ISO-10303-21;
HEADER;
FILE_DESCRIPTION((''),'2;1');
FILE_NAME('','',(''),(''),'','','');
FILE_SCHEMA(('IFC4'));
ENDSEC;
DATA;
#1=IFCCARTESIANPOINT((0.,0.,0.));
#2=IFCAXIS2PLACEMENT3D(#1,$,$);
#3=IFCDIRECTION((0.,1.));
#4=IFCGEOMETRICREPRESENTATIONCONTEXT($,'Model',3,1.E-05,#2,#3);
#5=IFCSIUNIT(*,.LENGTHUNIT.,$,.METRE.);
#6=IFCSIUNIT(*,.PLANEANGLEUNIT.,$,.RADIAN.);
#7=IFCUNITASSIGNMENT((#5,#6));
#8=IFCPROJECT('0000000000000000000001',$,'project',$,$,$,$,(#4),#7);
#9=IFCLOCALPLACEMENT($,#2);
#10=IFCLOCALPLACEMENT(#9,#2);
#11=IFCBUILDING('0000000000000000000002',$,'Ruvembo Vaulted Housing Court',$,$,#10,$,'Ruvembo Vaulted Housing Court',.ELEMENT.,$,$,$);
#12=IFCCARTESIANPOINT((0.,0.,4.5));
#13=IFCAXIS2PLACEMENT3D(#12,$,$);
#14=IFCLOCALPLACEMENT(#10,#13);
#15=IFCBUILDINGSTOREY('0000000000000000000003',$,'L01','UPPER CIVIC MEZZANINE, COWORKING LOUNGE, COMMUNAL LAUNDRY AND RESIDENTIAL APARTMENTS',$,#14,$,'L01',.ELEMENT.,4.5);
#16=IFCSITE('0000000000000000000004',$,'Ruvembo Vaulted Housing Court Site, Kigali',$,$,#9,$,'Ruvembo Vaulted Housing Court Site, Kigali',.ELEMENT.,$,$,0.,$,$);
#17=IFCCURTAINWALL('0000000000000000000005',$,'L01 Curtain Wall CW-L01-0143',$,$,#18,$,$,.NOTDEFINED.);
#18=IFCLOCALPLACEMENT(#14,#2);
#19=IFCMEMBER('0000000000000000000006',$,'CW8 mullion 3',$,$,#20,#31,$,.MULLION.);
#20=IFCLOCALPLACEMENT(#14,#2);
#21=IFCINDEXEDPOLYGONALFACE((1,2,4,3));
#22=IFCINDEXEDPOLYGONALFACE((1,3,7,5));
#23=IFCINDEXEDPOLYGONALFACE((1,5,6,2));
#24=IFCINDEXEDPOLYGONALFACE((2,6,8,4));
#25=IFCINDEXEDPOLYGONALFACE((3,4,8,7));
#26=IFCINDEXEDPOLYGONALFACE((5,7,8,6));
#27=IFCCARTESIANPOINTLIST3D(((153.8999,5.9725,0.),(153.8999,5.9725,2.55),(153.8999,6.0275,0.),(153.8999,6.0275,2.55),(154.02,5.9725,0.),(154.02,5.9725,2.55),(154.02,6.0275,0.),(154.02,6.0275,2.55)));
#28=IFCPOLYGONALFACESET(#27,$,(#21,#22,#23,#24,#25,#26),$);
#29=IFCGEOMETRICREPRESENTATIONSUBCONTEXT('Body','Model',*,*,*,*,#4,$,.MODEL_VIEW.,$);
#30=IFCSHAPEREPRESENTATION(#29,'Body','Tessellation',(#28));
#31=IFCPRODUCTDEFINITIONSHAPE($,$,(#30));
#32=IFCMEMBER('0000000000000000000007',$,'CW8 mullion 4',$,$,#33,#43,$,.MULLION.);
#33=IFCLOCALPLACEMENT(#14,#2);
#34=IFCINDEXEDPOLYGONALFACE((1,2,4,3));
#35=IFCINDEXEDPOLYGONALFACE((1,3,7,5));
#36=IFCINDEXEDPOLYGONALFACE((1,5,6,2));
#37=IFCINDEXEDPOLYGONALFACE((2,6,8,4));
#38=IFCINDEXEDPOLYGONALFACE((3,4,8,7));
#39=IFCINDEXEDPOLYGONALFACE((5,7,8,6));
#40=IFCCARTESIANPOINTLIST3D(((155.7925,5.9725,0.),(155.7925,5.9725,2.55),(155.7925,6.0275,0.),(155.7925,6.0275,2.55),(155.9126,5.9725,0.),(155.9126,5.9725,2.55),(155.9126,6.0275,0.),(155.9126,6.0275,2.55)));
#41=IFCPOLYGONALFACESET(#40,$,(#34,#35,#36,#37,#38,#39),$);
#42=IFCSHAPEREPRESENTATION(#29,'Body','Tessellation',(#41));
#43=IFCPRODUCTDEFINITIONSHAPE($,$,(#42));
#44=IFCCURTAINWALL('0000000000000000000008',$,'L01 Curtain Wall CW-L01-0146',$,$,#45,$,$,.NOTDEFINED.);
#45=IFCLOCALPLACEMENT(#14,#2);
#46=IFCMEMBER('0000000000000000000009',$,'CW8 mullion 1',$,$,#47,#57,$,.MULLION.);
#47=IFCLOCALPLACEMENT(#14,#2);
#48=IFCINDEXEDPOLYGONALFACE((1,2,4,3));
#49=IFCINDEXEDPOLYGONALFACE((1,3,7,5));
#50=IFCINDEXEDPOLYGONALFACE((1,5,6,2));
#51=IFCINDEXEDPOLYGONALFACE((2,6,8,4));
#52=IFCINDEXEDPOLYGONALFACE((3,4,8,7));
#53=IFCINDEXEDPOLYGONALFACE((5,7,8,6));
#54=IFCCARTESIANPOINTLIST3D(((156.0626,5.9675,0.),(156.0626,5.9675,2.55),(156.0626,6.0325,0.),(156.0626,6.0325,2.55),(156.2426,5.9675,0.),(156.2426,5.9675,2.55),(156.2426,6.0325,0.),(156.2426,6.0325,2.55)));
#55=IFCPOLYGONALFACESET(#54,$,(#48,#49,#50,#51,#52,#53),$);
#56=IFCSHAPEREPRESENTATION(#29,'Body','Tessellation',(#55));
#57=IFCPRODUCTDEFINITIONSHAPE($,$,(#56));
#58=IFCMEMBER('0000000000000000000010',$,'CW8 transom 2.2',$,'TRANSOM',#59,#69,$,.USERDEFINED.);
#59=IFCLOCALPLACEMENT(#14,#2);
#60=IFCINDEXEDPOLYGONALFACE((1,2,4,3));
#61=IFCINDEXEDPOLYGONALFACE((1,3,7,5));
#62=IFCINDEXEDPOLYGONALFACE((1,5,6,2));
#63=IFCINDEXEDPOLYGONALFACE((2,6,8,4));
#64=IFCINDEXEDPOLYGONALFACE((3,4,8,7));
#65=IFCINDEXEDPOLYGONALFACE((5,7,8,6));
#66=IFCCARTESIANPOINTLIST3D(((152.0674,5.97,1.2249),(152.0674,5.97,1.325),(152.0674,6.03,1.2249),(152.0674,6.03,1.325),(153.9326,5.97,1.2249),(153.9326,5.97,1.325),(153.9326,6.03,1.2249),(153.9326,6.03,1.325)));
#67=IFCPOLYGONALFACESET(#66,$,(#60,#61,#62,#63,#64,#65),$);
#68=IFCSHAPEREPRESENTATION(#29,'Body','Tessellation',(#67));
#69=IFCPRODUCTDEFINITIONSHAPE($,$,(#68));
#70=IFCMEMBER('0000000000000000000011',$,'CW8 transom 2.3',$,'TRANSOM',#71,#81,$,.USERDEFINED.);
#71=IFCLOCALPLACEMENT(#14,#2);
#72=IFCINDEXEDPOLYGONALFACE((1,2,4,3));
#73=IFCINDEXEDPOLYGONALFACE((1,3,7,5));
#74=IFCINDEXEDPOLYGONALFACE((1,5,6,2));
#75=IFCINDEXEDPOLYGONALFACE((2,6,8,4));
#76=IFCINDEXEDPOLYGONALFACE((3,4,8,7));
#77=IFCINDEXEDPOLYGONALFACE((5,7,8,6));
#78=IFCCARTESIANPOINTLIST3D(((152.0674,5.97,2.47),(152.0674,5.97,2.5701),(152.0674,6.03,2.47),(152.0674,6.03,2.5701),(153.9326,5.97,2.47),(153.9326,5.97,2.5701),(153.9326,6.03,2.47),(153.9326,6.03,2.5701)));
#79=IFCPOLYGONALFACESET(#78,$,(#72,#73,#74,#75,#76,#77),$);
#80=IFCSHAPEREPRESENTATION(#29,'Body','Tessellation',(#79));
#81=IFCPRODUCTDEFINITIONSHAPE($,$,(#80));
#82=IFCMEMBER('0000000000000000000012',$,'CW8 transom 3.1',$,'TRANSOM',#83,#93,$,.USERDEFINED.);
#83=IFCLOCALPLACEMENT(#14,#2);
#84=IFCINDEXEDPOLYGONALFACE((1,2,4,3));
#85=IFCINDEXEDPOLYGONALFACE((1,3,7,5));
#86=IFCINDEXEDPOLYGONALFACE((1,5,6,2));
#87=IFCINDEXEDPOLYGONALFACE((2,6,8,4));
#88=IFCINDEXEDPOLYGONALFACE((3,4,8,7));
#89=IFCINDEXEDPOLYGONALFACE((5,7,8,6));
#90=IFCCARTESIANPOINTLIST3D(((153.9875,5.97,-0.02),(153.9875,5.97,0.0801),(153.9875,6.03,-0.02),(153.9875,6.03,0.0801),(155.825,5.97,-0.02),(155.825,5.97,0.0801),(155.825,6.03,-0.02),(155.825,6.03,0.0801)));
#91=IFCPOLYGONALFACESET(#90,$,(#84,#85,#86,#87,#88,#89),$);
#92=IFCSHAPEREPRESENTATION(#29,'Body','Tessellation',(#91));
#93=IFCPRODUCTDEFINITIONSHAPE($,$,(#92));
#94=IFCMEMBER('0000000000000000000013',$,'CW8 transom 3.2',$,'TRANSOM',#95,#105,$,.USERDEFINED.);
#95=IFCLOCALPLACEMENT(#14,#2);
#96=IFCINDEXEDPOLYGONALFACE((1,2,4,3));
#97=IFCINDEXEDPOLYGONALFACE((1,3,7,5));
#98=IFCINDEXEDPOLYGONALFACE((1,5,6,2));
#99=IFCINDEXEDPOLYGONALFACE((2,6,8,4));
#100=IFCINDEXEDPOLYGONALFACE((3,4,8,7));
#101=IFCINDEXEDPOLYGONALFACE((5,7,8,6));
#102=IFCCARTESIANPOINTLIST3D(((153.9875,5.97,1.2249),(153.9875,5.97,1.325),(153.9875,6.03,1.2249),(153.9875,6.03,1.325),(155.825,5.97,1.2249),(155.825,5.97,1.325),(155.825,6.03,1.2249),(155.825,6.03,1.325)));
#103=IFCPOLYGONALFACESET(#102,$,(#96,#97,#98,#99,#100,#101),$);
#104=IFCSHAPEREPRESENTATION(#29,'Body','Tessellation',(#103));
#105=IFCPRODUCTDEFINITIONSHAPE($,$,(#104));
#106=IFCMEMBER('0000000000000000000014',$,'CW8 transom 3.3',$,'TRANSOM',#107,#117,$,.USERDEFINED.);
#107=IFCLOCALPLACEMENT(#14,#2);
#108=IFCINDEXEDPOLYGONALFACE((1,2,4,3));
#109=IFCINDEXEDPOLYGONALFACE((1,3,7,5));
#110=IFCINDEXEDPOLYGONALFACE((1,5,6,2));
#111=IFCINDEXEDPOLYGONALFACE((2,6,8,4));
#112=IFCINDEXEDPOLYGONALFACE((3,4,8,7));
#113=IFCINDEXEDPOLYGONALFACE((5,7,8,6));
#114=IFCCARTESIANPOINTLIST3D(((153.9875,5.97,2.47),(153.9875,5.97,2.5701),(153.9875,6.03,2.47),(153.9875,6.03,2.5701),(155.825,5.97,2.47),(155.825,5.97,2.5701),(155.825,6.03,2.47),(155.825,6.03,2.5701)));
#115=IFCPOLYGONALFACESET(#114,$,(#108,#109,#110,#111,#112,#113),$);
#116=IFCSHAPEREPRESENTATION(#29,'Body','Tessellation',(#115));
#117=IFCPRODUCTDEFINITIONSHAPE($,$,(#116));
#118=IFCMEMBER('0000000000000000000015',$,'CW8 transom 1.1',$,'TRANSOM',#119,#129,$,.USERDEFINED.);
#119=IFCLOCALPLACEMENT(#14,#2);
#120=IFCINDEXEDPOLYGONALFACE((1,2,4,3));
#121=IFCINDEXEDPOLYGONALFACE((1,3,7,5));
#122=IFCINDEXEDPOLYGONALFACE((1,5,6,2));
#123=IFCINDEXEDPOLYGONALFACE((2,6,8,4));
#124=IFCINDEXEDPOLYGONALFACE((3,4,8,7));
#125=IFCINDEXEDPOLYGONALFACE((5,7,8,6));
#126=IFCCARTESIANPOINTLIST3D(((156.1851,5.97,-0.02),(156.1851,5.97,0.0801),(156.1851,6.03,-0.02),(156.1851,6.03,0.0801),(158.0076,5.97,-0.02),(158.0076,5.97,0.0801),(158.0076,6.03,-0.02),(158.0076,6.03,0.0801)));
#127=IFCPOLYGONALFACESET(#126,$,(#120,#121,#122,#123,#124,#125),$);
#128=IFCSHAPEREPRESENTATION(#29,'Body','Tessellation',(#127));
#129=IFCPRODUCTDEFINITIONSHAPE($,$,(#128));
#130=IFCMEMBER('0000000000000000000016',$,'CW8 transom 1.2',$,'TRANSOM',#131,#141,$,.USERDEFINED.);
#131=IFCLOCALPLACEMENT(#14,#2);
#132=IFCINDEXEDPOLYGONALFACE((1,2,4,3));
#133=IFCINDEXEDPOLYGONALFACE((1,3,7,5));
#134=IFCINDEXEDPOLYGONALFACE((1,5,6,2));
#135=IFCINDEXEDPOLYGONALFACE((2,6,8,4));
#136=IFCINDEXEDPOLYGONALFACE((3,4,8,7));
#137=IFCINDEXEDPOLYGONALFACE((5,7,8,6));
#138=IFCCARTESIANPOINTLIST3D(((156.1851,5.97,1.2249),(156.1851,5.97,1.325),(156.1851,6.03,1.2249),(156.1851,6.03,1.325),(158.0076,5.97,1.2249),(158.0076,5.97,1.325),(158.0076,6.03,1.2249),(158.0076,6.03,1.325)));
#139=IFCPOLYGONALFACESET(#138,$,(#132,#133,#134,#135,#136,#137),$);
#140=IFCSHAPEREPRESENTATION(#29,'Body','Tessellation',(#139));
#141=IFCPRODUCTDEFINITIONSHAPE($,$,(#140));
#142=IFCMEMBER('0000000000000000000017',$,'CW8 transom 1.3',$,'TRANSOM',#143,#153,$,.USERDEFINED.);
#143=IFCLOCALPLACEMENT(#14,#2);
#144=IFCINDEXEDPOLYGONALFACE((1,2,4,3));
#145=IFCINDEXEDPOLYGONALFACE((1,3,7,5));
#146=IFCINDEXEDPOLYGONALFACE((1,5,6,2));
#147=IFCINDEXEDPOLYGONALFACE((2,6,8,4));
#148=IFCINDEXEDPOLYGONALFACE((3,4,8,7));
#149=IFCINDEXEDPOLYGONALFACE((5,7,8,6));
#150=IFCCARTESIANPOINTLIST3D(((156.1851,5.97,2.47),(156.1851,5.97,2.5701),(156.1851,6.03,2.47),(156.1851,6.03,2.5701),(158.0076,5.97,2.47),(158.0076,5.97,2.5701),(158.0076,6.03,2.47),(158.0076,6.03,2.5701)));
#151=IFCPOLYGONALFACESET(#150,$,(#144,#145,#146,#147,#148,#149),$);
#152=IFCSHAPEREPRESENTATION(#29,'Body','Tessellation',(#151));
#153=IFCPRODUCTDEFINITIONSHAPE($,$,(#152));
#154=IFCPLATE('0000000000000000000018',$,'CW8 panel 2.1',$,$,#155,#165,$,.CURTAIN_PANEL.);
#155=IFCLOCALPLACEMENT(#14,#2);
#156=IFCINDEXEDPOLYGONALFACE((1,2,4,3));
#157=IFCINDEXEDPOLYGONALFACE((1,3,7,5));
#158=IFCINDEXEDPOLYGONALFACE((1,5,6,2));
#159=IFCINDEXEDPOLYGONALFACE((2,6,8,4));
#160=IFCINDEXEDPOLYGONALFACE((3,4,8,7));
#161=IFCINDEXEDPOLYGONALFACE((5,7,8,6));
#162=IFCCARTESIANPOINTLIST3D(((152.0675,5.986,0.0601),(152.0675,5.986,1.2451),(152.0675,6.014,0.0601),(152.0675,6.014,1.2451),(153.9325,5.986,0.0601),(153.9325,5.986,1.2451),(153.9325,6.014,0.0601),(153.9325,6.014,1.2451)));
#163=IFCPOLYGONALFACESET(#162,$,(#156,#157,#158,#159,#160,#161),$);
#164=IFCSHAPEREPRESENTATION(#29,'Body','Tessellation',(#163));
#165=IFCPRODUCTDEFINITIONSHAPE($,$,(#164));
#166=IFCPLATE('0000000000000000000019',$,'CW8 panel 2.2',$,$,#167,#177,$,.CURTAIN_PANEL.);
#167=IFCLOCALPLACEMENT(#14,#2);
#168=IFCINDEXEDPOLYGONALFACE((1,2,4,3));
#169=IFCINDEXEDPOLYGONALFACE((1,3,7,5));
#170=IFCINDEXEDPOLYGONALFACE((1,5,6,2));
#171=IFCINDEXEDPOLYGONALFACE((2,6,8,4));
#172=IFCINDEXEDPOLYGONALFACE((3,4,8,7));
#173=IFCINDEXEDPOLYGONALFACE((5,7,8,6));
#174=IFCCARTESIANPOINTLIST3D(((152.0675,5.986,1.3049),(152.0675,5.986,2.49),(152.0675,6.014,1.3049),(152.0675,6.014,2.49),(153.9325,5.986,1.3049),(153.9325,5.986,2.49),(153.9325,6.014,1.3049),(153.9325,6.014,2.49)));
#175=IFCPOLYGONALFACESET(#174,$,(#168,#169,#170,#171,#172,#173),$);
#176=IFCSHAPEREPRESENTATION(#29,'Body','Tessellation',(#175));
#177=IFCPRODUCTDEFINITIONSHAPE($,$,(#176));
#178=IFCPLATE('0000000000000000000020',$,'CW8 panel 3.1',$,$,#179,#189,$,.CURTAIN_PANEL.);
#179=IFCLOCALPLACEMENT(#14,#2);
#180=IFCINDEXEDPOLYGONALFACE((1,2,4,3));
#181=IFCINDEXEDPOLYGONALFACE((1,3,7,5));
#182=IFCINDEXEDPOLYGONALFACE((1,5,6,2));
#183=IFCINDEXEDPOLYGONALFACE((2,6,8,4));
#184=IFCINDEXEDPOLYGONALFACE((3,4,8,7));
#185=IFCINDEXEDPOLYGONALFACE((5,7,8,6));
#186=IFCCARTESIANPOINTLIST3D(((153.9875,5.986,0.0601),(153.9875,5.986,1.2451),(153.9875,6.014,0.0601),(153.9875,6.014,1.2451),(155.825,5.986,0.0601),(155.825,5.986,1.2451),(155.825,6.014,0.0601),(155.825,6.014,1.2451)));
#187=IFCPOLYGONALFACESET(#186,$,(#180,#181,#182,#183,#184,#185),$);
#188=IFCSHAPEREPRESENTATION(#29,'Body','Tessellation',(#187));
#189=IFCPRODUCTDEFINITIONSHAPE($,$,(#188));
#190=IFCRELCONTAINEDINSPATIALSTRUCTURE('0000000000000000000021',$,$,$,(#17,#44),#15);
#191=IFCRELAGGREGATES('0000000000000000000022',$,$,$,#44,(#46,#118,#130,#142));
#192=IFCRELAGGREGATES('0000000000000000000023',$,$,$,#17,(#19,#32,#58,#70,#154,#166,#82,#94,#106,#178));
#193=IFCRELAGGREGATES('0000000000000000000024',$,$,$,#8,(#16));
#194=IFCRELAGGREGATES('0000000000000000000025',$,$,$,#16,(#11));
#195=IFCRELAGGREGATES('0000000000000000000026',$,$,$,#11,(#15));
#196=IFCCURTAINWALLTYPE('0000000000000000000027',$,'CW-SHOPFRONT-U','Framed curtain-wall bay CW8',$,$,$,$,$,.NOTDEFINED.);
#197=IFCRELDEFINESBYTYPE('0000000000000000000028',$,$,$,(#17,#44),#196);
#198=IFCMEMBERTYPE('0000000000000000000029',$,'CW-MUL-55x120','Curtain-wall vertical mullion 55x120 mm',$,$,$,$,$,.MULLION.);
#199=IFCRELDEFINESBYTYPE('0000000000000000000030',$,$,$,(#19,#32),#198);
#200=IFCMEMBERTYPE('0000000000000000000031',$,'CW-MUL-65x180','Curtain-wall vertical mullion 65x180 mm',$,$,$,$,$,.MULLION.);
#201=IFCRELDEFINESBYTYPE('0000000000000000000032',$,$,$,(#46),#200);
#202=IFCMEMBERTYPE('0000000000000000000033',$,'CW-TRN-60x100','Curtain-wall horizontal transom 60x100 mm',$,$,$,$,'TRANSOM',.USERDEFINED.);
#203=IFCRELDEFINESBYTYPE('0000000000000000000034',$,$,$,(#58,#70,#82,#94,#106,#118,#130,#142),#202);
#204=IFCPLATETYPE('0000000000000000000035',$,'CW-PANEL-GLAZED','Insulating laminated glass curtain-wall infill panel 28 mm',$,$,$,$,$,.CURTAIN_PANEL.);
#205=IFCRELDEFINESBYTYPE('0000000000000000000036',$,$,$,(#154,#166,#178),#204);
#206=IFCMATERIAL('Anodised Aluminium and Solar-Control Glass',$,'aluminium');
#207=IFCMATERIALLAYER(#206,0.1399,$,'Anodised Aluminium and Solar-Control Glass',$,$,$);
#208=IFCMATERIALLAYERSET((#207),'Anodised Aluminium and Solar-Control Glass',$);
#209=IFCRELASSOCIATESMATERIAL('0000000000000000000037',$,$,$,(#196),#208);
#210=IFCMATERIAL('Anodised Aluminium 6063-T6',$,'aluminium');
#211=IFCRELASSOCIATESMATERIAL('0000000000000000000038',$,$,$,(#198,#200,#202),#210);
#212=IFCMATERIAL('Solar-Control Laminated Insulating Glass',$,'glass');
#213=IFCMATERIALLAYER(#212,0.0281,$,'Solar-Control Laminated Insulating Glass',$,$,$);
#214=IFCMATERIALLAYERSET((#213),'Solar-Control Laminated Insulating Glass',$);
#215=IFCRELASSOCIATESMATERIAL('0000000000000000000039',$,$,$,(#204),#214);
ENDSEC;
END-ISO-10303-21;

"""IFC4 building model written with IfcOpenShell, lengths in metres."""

from ifc_helpers import new_model, si_unit, direction, frame, origin, origin_2d, place, context, subcontext, project, spatial, rectangle, extrude, material, layer, layer_set, material_profile, profile_set, type_object, element, aggregate, save


model = new_model("IFC4")

# Units and contexts
model_context = context("Model", 3, precision=1e-05, world=origin(), true_north=direction((0.0, 1.0)))
body_context = subcontext(model_context, "Body", "Model", "MODEL_VIEW")
ifc_project = project(units=[si_unit("LENGTHUNIT", "METRE"), si_unit("PLANEANGLEUNIT", "RADIAN")], contexts=[model_context])

# Site, building, storey
site_placement = place(None, origin())
site = spatial("IfcSite", under=ifc_project, at=site_placement, Name="Ruvembo Vaulted Housing Court Site, Kigali", LongName="Ruvembo Vaulted Housing Court Site, Kigali", CompositionType="ELEMENT", RefElevation=0.0)
building_placement = place(site_placement, origin())
building = spatial("IfcBuilding", under=site, at=building_placement, Name="Ruvembo Vaulted Housing Court", LongName="Ruvembo Vaulted Housing Court", CompositionType="ELEMENT")
storey_placement = place(building_placement, frame((0.0, 0.0, 4.5)))
storey = spatial("IfcBuildingStorey", under=building, at=storey_placement, Name="L01", Description="UPPER CIVIC MEZZANINE, COWORKING LOUNGE, COMMUNAL LAUNDRY AND RESIDENTIAL APARTMENTS", LongName="L01", CompositionType="ELEMENT", Elevation=4.5)

# Curtain wall, members
ifc_material_1 = material(Name="Anodised Aluminium and Solar-Control Glass", Category="aluminium")
ifc_layer_1 = layer(ifc_material_1, 0.1399, Name="Anodised Aluminium and Solar-Control Glass")
ifc_layer_set_1 = layer_set([ifc_layer_1], Name="Anodised Aluminium and Solar-Control Glass")
curtain_wall_type = type_object("IfcCurtainWallType", Name="CW-SHOPFRONT-U", Description="Framed curtain-wall bay CW8", PredefinedType="NOTDEFINED", material=ifc_layer_set_1)
curtain_wall_1_placement = place(storey_placement, origin())
curtain_wall_1 = element("IfcCurtainWall", 1, at=curtain_wall_1_placement, inside=storey, type_object=curtain_wall_type, Name="L01 Curtain Wall CW-L01-0143", PredefinedType="NOTDEFINED")
ifc_material_2 = material(Name="Anodised Aluminium 6063-T6", Category="aluminium")
ifc_material_profile_1 = material_profile(ifc_material_2, rectangle(XDim=0.0549, YDim=0.1201, at=origin_2d()), Name="ALU 55x120")
ifc_profile_set_1 = profile_set([ifc_material_profile_1], Name="Anodised Aluminium 6063-T6")
member_type_1 = type_object("IfcMemberType", Name="CW-MUL-55x120", Description="Curtain-wall vertical mullion 55x120 mm", PredefinedType="MULLION", material=ifc_profile_set_1)
member_1_placement = place(storey_placement, frame((153.96, 6.0, 0.0), z_axis=(0.0, 0.0, 1.0), x_axis=(0.0, 1.0, 0.0)))
member_1 = element("IfcMember", 2, at=member_1_placement, type_object=member_type_1, Name="CW8 mullion 3", PredefinedType="MULLION", context=body_context, shape_type="SweptSolid", body=[
    extrude(rectangle(XDim=0.0549, YDim=0.1201, at=origin_2d()), origin(), (0.0, 0.0, 1.0), 2.55),
])
member_2_placement = place(storey_placement, frame((155.8525, 6.0, 0.0), z_axis=(0.0, 0.0, 1.0), x_axis=(0.0, 1.0, 0.0)))
member_2 = element("IfcMember", 3, at=member_2_placement, type_object=member_type_1, Name="CW8 mullion 4", PredefinedType="MULLION", context=body_context, shape_type="SweptSolid", body=[
    extrude(rectangle(XDim=0.0549, YDim=0.1201, at=origin_2d()), origin(), (0.0, 0.0, 1.0), 2.55),
])

# Curtain wall, member
curtain_wall_2_placement = place(storey_placement, origin())
curtain_wall_2 = element("IfcCurtainWall", 4, at=curtain_wall_2_placement, inside=storey, type_object=curtain_wall_type, Name="L01 Curtain Wall CW-L01-0146", PredefinedType="NOTDEFINED")
ifc_material_profile_2 = material_profile(ifc_material_2, rectangle(XDim=0.0649, YDim=0.1799, at=origin_2d()), Name="ALU 65x180")
ifc_profile_set_2 = profile_set([ifc_material_profile_2], Name="Anodised Aluminium 6063-T6")
member_type_2 = type_object("IfcMemberType", Name="CW-MUL-65x180", Description="Curtain-wall vertical mullion 65x180 mm", PredefinedType="MULLION", material=ifc_profile_set_2)
member_3_placement = place(storey_placement, frame((156.1526, 6.0, 0.0), z_axis=(0.0, 0.0, 1.0), x_axis=(0.0, 1.0, 0.0)))
member_3 = element("IfcMember", 5, at=member_3_placement, type_object=member_type_2, Name="CW8 mullion 1", PredefinedType="MULLION", context=body_context, shape_type="SweptSolid", body=[
    extrude(rectangle(XDim=0.0649, YDim=0.1799, at=origin_2d()), origin(), (0.0, 0.0, 1.0), 2.55),
])

# Members
ifc_material_profile_3 = material_profile(ifc_material_2, rectangle(XDim=0.0601, YDim=0.1001, at=origin_2d()), Name="ALU 60x100")
ifc_profile_set_3 = profile_set([ifc_material_profile_3], Name="Anodised Aluminium 6063-T6")
member_type_3 = type_object("IfcMemberType", Name="CW-TRN-60x100", Description="Curtain-wall horizontal transom 60x100 mm", ElementType="TRANSOM", PredefinedType="USERDEFINED", material=ifc_profile_set_3)
member_4_placement = place(storey_placement, frame((152.0674, 6.0, 1.2749), z_axis=(1.0, 0.0, 0.0), x_axis=(0.0, 1.0, 0.0)))
member_4 = element("IfcMember", 6, at=member_4_placement, type_object=member_type_3, Name="CW8 transom 2.2", ObjectType="TRANSOM", PredefinedType="USERDEFINED", context=body_context, shape_type="SweptSolid", body=[
    extrude(rectangle(XDim=0.0601, YDim=0.1001, at=origin_2d()), origin(), (0.0, 0.0, 1.0), 1.8652),
])
member_5_placement = place(storey_placement, frame((152.0674, 6.0, 2.52), z_axis=(1.0, 0.0, 0.0), x_axis=(0.0, 1.0, 0.0)))
member_5 = element("IfcMember", 7, at=member_5_placement, type_object=member_type_3, Name="CW8 transom 2.3", ObjectType="TRANSOM", PredefinedType="USERDEFINED", context=body_context, shape_type="SweptSolid", body=[
    extrude(rectangle(XDim=0.0601, YDim=0.1001, at=origin_2d()), origin(), (0.0, 0.0, 1.0), 1.8652),
])
member_6_placement = place(storey_placement, frame((153.9875, 6.0, 0.03), z_axis=(1.0, 0.0, 0.0), x_axis=(0.0, 1.0, 0.0)))
member_6 = element("IfcMember", 8, at=member_6_placement, type_object=member_type_3, Name="CW8 transom 3.1", ObjectType="TRANSOM", PredefinedType="USERDEFINED", context=body_context, shape_type="SweptSolid", body=[
    extrude(rectangle(XDim=0.0601, YDim=0.1001, at=origin_2d()), origin(), (0.0, 0.0, 1.0), 1.8374),
])
member_7_placement = place(storey_placement, frame((153.9875, 6.0, 1.2749), z_axis=(1.0, 0.0, 0.0), x_axis=(0.0, 1.0, 0.0)))
member_7 = element("IfcMember", 9, at=member_7_placement, type_object=member_type_3, Name="CW8 transom 3.2", ObjectType="TRANSOM", PredefinedType="USERDEFINED", context=body_context, shape_type="SweptSolid", body=[
    extrude(rectangle(XDim=0.0601, YDim=0.1001, at=origin_2d()), origin(), (0.0, 0.0, 1.0), 1.8374),
])
member_8_placement = place(storey_placement, frame((153.9875, 6.0, 2.52), z_axis=(1.0, 0.0, 0.0), x_axis=(0.0, 1.0, 0.0)))
member_8 = element("IfcMember", 10, at=member_8_placement, type_object=member_type_3, Name="CW8 transom 3.3", ObjectType="TRANSOM", PredefinedType="USERDEFINED", context=body_context, shape_type="SweptSolid", body=[
    extrude(rectangle(XDim=0.0601, YDim=0.1001, at=origin_2d()), origin(), (0.0, 0.0, 1.0), 1.8374),
])
member_9_placement = place(storey_placement, frame((156.1851, 6.0, 0.03), z_axis=(1.0, 0.0, 0.0), x_axis=(0.0, 1.0, 0.0)))
member_9 = element("IfcMember", 11, at=member_9_placement, type_object=member_type_3, Name="CW8 transom 1.1", ObjectType="TRANSOM", PredefinedType="USERDEFINED", context=body_context, shape_type="SweptSolid", body=[
    extrude(rectangle(XDim=0.0601, YDim=0.1001, at=origin_2d()), origin(), (0.0, 0.0, 1.0), 1.8225),
])
member_10_placement = place(storey_placement, frame((156.1851, 6.0, 1.2749), z_axis=(1.0, 0.0, 0.0), x_axis=(0.0, 1.0, 0.0)))
member_10 = element("IfcMember", 12, at=member_10_placement, type_object=member_type_3, Name="CW8 transom 1.2", ObjectType="TRANSOM", PredefinedType="USERDEFINED", context=body_context, shape_type="SweptSolid", body=[
    extrude(rectangle(XDim=0.0601, YDim=0.1001, at=origin_2d()), origin(), (0.0, 0.0, 1.0), 1.8225),
])
member_11_placement = place(storey_placement, frame((156.1851, 6.0, 2.52), z_axis=(1.0, 0.0, 0.0), x_axis=(0.0, 1.0, 0.0)))
member_11 = element("IfcMember", 13, at=member_11_placement, type_object=member_type_3, Name="CW8 transom 1.3", ObjectType="TRANSOM", PredefinedType="USERDEFINED", context=body_context, shape_type="SweptSolid", body=[
    extrude(rectangle(XDim=0.0601, YDim=0.1001, at=origin_2d()), origin(), (0.0, 0.0, 1.0), 1.8225),
])
aggregate(curtain_wall_2, [member_3, member_9, member_10, member_11])

# Plates
ifc_material_3 = material(Name="Solar-Control Laminated Insulating Glass", Category="glass")
ifc_layer_2 = layer(ifc_material_3, 0.0281, Name="Solar-Control Laminated Insulating Glass")
ifc_layer_set_2 = layer_set([ifc_layer_2], Name="Solar-Control Laminated Insulating Glass")
plate_type = type_object("IfcPlateType", Name="CW-PANEL-GLAZED", Description="Insulating laminated glass curtain-wall infill panel 28 mm", PredefinedType="CURTAIN_PANEL", material=ifc_layer_set_2)
plate_1_placement = place(storey_placement, frame((153.0, 6.0, 0.0601), z_axis=(0.0, 0.0, 1.0), x_axis=(1.0, 0.0, 0.0)))
plate_1 = element("IfcPlate", 14, at=plate_1_placement, type_object=plate_type, Name="CW8 panel 2.1", PredefinedType="CURTAIN_PANEL", context=body_context, shape_type="SweptSolid", body=[
    extrude(rectangle(XDim=1.865, YDim=0.0281, at=origin_2d()), origin(), (0.0, 0.0, 1.0), 1.1851),
])
plate_2_placement = place(storey_placement, frame((153.0, 6.0, 1.3049), z_axis=(0.0, 0.0, 1.0), x_axis=(1.0, 0.0, 0.0)))
plate_2 = element("IfcPlate", 15, at=plate_2_placement, type_object=plate_type, Name="CW8 panel 2.2", PredefinedType="CURTAIN_PANEL", context=body_context, shape_type="SweptSolid", body=[
    extrude(rectangle(XDim=1.865, YDim=0.0281, at=origin_2d()), origin(), (0.0, 0.0, 1.0), 1.1851),
])
plate_3_placement = place(storey_placement, frame((154.9062, 6.0, 0.0601), z_axis=(0.0, 0.0, 1.0), x_axis=(1.0, 0.0, 0.0)))
plate_3 = element("IfcPlate", 16, at=plate_3_placement, type_object=plate_type, Name="CW8 panel 3.1", PredefinedType="CURTAIN_PANEL", context=body_context, shape_type="SweptSolid", body=[
    extrude(rectangle(XDim=1.8374, YDim=0.0281, at=origin_2d()), origin(), (0.0, 0.0, 1.0), 1.1851),
])
aggregate(curtain_wall_1, [member_1, member_2, member_4, member_5, plate_1, plate_2, member_6, member_7, member_8, plate_3])

save(model, "model.ifc")
